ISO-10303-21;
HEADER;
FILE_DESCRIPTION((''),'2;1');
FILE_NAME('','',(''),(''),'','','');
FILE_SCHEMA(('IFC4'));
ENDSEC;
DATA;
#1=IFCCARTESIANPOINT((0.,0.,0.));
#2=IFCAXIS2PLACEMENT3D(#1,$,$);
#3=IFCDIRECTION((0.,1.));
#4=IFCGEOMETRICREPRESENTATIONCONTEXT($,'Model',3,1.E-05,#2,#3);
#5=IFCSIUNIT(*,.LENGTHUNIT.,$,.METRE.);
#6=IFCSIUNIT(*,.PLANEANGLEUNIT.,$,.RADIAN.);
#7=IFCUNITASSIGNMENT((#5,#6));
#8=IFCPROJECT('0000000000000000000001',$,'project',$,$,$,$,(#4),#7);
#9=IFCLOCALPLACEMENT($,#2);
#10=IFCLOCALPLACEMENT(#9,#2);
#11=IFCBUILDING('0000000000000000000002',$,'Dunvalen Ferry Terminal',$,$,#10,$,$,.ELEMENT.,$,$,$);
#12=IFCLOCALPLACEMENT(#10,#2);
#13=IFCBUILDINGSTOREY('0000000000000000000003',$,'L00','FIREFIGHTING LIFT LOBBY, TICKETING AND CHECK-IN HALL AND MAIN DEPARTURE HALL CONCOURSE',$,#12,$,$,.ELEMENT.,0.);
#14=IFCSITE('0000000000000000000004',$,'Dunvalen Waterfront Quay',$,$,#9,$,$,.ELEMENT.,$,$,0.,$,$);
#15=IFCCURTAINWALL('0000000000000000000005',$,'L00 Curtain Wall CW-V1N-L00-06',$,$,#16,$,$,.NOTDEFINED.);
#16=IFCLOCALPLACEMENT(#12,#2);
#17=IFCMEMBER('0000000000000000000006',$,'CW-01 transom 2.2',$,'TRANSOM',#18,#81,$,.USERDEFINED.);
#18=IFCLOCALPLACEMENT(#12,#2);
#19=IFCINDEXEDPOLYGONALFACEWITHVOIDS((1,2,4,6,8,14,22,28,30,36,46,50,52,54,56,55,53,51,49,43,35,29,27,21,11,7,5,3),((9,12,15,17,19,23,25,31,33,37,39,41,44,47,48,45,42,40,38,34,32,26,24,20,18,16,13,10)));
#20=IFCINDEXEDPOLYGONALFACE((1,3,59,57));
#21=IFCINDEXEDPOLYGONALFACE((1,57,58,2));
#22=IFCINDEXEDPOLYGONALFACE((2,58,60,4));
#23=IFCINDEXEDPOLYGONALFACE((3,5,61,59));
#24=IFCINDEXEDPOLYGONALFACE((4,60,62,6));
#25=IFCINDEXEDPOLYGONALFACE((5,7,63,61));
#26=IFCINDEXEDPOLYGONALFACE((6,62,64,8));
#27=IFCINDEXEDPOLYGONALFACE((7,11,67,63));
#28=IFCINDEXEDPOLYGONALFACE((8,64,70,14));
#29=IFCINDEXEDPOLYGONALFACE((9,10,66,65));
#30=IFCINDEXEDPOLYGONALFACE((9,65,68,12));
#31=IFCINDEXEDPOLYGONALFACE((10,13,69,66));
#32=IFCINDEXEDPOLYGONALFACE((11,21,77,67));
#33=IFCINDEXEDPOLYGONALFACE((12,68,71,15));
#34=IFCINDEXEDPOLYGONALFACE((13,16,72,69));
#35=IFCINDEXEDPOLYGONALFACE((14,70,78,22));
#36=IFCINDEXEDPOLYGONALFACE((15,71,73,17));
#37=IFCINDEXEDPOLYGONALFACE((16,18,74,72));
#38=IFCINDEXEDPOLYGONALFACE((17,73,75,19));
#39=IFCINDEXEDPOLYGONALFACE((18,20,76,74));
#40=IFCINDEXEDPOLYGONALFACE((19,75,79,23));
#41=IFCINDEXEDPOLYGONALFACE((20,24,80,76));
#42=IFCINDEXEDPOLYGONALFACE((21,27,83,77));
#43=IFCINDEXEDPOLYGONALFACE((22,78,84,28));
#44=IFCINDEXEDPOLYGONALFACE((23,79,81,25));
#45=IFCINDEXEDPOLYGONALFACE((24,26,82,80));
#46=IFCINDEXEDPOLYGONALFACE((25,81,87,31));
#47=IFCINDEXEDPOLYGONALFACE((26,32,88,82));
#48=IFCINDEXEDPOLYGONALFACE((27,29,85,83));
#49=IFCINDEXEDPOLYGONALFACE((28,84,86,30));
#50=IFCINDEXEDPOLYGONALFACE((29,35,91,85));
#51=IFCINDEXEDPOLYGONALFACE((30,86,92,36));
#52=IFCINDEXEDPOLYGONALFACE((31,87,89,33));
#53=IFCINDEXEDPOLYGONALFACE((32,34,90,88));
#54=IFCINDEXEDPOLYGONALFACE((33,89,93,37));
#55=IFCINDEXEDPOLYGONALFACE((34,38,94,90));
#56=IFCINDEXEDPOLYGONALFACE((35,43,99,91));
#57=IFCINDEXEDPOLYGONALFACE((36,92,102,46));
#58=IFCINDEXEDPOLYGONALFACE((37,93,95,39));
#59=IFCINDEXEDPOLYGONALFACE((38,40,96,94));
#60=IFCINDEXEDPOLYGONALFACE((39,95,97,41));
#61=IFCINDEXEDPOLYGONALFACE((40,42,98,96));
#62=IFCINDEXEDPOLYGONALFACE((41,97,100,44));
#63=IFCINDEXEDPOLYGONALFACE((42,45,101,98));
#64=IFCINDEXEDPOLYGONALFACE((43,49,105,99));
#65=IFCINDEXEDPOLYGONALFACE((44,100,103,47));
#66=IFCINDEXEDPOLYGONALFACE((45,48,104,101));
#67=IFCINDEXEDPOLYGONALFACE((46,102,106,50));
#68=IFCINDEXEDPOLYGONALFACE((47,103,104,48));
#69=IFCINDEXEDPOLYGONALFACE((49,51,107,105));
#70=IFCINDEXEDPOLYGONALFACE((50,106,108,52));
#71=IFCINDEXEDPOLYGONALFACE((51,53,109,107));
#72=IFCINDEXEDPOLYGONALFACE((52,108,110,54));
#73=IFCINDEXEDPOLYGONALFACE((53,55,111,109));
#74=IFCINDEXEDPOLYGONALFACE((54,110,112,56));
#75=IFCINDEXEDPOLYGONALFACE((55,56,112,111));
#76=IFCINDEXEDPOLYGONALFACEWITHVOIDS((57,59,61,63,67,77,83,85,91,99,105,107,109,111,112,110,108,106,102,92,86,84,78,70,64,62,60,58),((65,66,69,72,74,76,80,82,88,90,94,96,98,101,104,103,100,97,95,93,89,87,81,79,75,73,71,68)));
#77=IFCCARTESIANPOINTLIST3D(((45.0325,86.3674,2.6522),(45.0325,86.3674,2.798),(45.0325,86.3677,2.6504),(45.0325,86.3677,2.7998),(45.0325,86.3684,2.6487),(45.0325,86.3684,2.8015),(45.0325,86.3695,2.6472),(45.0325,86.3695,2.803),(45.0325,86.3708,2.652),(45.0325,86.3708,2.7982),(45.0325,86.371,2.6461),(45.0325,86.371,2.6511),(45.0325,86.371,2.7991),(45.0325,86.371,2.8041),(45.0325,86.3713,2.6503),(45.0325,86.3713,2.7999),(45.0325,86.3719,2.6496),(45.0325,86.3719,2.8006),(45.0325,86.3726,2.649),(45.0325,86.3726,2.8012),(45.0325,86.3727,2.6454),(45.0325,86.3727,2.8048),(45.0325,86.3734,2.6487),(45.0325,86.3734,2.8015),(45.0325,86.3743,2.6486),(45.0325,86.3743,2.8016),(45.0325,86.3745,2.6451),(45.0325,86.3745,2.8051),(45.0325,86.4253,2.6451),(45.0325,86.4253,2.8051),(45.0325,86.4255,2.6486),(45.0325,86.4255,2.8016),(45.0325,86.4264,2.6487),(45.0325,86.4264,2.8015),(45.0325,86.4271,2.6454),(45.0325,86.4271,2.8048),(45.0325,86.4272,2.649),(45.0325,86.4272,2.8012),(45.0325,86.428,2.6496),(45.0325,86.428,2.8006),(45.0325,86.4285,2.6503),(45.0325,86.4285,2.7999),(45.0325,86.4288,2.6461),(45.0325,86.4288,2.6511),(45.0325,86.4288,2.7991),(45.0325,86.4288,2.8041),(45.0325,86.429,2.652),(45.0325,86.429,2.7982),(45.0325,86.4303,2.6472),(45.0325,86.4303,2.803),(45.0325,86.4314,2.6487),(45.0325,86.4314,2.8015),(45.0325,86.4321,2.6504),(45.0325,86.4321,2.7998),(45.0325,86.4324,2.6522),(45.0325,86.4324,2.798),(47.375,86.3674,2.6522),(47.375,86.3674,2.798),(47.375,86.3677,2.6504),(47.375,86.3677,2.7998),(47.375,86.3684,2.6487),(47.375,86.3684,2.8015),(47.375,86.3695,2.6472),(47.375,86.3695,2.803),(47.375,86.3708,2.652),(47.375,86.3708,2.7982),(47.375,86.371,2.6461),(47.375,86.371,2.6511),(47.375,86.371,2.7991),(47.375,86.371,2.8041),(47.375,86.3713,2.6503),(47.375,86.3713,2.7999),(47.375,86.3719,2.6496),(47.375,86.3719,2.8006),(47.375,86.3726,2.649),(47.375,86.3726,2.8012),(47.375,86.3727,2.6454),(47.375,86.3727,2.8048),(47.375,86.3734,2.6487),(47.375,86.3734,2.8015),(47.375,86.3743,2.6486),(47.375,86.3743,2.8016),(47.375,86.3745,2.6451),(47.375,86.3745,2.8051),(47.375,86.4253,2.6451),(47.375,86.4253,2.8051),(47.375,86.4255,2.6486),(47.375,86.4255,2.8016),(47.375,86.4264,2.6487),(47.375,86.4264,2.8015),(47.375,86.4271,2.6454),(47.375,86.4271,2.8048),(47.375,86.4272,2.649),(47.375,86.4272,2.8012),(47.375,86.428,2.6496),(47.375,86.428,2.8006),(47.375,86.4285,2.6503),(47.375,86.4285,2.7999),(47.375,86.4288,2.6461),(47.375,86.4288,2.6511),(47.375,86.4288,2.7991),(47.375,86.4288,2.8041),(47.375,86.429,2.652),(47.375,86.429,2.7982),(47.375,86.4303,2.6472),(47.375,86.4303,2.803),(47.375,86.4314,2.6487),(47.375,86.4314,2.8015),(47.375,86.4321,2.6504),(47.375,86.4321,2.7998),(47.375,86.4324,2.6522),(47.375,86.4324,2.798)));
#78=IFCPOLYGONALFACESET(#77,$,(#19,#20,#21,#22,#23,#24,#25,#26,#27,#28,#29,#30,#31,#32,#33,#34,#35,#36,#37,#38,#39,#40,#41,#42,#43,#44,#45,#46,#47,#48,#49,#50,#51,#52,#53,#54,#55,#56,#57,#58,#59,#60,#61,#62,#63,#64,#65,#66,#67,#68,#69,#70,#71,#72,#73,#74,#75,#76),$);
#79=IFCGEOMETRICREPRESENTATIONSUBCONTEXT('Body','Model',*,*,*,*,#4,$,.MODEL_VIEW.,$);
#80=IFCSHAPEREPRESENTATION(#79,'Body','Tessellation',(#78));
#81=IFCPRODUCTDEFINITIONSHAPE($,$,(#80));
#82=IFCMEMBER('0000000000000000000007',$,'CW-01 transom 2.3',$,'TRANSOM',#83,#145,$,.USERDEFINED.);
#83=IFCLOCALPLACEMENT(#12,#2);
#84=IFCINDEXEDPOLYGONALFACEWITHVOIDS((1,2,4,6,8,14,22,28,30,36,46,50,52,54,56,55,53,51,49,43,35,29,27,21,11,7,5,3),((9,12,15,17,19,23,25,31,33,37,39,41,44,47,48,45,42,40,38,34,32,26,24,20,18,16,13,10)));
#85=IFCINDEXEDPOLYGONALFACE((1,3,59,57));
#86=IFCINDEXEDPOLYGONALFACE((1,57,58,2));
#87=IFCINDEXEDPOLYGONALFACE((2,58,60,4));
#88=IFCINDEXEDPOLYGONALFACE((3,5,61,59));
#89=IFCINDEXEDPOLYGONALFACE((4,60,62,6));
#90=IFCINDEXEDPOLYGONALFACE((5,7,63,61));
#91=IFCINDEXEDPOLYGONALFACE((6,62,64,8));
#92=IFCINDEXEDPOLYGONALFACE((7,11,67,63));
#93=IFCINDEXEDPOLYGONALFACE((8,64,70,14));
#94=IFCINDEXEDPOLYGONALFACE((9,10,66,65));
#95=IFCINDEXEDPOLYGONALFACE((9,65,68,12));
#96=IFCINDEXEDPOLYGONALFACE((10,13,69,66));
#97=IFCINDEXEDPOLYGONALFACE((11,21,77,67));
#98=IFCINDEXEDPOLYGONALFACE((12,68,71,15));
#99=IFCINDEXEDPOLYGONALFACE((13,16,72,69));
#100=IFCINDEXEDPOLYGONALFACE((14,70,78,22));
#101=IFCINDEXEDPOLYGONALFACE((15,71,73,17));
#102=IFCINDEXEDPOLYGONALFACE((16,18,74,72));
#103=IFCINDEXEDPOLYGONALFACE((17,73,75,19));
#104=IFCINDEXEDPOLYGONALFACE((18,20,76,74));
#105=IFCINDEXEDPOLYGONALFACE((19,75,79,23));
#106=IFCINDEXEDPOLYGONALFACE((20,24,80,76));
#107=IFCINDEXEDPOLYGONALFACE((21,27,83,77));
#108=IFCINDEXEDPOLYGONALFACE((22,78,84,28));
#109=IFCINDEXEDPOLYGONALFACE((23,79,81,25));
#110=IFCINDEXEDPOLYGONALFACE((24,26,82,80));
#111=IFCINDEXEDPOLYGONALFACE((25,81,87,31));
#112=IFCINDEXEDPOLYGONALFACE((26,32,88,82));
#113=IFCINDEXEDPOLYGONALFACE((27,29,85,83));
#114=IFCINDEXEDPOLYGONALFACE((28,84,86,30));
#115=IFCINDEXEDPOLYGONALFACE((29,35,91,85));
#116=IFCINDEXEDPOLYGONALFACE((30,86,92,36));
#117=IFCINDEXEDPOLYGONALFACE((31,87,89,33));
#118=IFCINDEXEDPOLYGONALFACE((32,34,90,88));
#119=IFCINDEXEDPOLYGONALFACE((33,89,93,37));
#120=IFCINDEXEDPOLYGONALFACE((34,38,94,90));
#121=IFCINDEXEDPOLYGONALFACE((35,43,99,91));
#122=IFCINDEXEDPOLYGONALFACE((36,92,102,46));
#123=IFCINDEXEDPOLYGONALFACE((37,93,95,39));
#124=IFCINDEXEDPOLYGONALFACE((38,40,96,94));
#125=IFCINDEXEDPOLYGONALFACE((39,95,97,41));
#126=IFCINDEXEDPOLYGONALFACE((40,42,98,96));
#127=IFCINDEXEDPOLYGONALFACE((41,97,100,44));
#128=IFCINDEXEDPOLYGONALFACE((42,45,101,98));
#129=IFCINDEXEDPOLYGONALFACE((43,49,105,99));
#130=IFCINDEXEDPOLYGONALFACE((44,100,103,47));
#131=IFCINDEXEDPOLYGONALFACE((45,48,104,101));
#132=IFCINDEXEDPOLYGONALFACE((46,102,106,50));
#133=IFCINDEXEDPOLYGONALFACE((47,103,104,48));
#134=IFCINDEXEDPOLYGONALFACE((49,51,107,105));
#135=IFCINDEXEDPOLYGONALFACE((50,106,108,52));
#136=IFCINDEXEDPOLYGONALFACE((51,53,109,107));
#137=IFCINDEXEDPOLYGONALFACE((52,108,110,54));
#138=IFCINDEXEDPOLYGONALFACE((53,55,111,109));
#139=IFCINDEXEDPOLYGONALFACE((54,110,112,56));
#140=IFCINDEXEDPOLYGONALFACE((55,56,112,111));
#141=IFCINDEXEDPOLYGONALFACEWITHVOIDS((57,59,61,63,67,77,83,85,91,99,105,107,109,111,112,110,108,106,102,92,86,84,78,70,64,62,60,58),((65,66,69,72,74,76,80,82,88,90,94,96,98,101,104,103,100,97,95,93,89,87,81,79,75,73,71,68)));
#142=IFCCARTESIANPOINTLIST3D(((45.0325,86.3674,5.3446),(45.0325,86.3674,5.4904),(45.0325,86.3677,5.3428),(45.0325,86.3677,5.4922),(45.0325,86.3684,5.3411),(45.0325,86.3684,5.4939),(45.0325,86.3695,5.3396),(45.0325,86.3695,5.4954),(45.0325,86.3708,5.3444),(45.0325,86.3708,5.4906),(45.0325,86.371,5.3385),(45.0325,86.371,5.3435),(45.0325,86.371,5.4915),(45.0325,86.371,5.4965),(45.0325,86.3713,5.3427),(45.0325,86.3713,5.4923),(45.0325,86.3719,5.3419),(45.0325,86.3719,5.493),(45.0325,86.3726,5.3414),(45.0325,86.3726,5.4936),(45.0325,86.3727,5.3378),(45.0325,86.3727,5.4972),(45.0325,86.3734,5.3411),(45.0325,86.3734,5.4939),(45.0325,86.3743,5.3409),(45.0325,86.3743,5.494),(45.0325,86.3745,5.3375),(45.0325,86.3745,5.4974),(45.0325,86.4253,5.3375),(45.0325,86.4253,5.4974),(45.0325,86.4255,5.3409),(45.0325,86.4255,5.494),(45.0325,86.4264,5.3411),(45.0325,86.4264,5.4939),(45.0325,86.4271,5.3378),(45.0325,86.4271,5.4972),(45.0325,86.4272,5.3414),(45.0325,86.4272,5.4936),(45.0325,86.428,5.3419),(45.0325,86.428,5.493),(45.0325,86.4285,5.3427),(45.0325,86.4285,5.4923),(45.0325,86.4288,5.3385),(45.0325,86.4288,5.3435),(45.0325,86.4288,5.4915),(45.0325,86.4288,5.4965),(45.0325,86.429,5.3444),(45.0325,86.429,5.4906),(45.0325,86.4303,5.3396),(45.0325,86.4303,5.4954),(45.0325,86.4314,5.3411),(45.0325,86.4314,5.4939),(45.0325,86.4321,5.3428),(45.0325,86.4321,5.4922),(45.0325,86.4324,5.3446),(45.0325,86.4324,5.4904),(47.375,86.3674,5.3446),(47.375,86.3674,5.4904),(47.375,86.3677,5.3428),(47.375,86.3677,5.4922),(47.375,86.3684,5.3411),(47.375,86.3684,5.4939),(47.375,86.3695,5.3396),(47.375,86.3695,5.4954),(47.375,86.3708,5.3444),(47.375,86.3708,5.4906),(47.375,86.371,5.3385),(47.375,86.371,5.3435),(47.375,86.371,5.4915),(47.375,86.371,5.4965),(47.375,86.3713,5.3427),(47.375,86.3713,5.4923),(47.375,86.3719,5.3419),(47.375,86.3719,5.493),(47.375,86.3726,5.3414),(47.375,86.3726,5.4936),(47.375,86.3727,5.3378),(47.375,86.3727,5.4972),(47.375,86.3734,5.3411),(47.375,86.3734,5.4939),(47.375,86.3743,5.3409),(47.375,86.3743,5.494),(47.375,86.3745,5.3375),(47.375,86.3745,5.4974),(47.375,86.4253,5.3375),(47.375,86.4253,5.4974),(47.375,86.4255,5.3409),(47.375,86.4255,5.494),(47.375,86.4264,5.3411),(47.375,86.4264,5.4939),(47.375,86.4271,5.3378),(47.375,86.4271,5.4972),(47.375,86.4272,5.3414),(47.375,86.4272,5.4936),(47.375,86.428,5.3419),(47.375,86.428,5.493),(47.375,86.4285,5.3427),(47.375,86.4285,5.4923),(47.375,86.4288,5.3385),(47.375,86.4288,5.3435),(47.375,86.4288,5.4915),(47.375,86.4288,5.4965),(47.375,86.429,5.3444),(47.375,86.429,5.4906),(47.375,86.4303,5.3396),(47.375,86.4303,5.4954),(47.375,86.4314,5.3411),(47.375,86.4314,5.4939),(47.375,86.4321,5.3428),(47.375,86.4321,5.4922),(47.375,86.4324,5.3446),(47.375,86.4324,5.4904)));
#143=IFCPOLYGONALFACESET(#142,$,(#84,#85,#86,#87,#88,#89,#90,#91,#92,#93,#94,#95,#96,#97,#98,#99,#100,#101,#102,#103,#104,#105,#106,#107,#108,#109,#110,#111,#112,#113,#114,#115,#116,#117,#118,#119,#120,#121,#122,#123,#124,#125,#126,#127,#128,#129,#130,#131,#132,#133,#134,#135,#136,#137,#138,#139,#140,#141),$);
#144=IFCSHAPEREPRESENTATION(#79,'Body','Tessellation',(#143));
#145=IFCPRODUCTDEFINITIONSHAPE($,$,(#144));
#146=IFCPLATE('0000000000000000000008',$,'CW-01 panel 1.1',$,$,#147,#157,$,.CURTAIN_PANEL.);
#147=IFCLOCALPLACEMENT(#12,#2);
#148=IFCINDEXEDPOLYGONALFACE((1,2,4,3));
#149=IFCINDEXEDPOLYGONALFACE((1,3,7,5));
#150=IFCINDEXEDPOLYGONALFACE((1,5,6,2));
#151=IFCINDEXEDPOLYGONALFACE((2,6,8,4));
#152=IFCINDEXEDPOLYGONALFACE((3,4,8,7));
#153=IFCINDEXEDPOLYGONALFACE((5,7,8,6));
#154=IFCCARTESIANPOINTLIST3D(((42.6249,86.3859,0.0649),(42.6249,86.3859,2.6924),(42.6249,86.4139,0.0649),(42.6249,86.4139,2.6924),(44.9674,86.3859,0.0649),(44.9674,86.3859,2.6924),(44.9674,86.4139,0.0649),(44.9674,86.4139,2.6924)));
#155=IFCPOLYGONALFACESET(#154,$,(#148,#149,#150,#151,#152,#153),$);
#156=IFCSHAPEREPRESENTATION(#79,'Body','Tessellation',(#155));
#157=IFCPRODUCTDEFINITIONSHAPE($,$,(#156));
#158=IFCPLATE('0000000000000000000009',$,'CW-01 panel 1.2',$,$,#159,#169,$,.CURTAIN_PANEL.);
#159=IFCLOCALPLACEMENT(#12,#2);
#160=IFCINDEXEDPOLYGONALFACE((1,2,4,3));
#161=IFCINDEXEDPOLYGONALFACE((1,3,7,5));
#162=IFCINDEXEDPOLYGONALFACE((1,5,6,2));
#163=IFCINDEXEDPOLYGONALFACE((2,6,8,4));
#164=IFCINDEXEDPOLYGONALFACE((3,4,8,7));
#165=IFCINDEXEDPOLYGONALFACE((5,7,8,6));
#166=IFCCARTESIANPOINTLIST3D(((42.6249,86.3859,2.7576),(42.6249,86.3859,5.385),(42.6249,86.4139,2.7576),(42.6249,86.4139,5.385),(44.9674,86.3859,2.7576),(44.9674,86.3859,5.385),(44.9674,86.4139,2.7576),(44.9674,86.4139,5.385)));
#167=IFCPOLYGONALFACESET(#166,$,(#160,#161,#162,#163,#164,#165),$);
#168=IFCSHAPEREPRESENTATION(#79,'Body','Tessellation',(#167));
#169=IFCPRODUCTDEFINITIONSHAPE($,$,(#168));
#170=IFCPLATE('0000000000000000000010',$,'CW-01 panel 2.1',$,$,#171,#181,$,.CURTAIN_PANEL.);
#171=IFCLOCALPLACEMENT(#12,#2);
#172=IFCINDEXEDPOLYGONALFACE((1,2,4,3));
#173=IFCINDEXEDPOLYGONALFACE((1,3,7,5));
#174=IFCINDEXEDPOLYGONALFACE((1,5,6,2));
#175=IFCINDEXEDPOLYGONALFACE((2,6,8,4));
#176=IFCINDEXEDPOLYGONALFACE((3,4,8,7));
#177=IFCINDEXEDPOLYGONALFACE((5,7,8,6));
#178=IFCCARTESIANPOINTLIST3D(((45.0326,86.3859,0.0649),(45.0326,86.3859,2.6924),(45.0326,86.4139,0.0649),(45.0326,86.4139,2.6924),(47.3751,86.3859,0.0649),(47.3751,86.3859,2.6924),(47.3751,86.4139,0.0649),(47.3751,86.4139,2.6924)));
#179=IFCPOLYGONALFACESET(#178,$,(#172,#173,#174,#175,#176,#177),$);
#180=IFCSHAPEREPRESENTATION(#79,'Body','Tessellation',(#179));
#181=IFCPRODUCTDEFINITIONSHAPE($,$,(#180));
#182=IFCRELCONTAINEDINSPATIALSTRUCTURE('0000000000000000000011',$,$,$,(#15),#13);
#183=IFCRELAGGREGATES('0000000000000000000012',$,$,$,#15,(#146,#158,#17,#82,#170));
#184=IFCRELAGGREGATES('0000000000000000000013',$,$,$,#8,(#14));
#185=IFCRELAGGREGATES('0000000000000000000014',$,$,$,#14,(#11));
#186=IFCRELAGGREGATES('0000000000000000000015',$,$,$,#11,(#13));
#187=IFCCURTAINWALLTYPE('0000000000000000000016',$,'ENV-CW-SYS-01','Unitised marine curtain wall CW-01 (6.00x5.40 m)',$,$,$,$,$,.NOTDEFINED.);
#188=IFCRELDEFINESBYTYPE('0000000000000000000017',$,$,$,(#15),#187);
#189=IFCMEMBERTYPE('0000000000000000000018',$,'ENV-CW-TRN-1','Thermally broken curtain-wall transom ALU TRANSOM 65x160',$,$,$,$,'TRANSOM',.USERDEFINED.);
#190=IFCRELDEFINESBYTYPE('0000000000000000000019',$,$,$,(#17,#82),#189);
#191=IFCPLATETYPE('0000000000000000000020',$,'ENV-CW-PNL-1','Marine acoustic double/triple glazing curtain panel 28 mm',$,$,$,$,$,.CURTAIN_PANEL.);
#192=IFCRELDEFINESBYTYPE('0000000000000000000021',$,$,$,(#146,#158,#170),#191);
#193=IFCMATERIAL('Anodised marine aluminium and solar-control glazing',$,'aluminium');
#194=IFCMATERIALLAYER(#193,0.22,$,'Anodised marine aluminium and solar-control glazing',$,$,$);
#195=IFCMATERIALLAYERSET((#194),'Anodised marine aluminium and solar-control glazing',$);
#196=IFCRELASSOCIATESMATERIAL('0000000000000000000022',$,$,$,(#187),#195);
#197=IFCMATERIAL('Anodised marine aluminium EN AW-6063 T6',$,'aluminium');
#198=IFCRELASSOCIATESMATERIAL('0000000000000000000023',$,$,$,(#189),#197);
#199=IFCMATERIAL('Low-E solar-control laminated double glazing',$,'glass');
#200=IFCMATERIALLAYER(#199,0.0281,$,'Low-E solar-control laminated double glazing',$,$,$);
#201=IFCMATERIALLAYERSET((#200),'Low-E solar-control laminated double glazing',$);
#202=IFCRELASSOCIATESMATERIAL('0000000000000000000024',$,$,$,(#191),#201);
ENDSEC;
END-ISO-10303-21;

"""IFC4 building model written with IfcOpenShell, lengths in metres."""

from ifc_helpers import new_model, si_unit, direction, frame, origin, origin_2d, place, context, subcontext, project, spatial, rectangle, hollow_rectangle, extrude, material, layer, layer_set, material_profile, profile_set, type_object, element, aggregate, save


model = new_model("IFC4")

# Units and contexts
model_context = context("Model", 3, precision=1e-05, world=origin(), true_north=direction((0.0, 1.0)))
body_context = subcontext(model_context, "Body", "Model", "MODEL_VIEW")
ifc_project = project(units=[si_unit("LENGTHUNIT", "METRE"), si_unit("PLANEANGLEUNIT", "RADIAN")], contexts=[model_context])

# Site, building, storey
site_placement = place(None, origin())
site = spatial("IfcSite", under=ifc_project, at=site_placement, Name="Dunvalen Waterfront Quay", CompositionType="ELEMENT", RefElevation=0.0)
building_placement = place(site_placement, origin())
building = spatial("IfcBuilding", under=site, at=building_placement, Name="Dunvalen Ferry Terminal", CompositionType="ELEMENT")
storey_placement = place(building_placement, origin())
storey = spatial("IfcBuildingStorey", under=building, at=storey_placement, Name="L00", Description="FIREFIGHTING LIFT LOBBY, TICKETING AND CHECK-IN HALL AND MAIN DEPARTURE HALL CONCOURSE", CompositionType="ELEMENT", Elevation=0.0)

# Shared definitions
ifc_material_1 = material(Name="Anodised marine aluminium and solar-control glazing", Category="aluminium")
ifc_layer_1 = layer(ifc_material_1, 0.22, Name="Anodised marine aluminium and solar-control glazing")
ifc_layer_set_1 = layer_set([ifc_layer_1], Name="Anodised marine aluminium and solar-control glazing")
curtain_wall_type = type_object("IfcCurtainWallType", Name="ENV-CW-SYS-01", Description="Unitised marine curtain wall CW-01 (6.00x5.40 m)", PredefinedType="NOTDEFINED", material=ifc_layer_set_1)
ifc_material_2 = material(Name="Anodised marine aluminium EN AW-6063 T6", Category="aluminium")

# Curtain wall, members, plates
curtain_wall_1_placement = place(storey_placement, origin())
curtain_wall_1 = element("IfcCurtainWall", 1, at=curtain_wall_1_placement, inside=storey, type_object=curtain_wall_type, Name="L00 Curtain Wall CW-V1N-L00-06", PredefinedType="NOTDEFINED")
ifc_material_profile_1 = material_profile(ifc_material_2, hollow_rectangle(XDim=0.0649, YDim=0.1599, WallThickness=0.0034, InnerFilletRadius=0.0034, OuterFilletRadius=0.0071, at=origin_2d()), Name="Anodised marine aluminium EN AW-6063 T6")
ifc_profile_set_1 = profile_set([ifc_material_profile_1], Name="Anodised marine aluminium EN AW-6063 T6")
member_type_1 = type_object("IfcMemberType", Name="ENV-CW-TRN-1", Description="Thermally broken curtain-wall transom ALU TRANSOM 65x160", ElementType="TRANSOM", PredefinedType="USERDEFINED", material=ifc_profile_set_1)
member_1_placement = place(storey_placement, frame((45.0325, 86.3999, 2.7251), z_axis=(1.0, 0.0, 0.0), x_axis=(0.0, 1.0, 0.0)))
member_1 = element("IfcMember", 2, at=member_1_placement, type_object=member_type_1, Name="CW-01 transom 2.2", ObjectType="TRANSOM", PredefinedType="USERDEFINED", context=body_context, shape_type="SweptSolid", body=[
    extrude(hollow_rectangle(XDim=0.0649, YDim=0.1599, WallThickness=0.0034, InnerFilletRadius=0.0034, OuterFilletRadius=0.0071, at=origin_2d()), origin(), (0.0, 0.0, 1.0), 2.3425),
])
member_2_placement = place(storey_placement, frame((45.0325, 86.3999, 5.4175), z_axis=(1.0, 0.0, 0.0), x_axis=(0.0, 1.0, 0.0)))
member_2 = element("IfcMember", 3, at=member_2_placement, type_object=member_type_1, Name="CW-01 transom 2.3", ObjectType="TRANSOM", PredefinedType="USERDEFINED", context=body_context, shape_type="SweptSolid", body=[
    extrude(hollow_rectangle(XDim=0.0649, YDim=0.1599, WallThickness=0.0034, InnerFilletRadius=0.0034, OuterFilletRadius=0.0071, at=origin_2d()), origin(), (0.0, 0.0, 1.0), 2.3425),
])
ifc_material_3 = material(Name="Low-E solar-control laminated double glazing", Category="glass")
ifc_layer_2 = layer(ifc_material_3, 0.0281, Name="Low-E solar-control laminated double glazing")
ifc_layer_set_2 = layer_set([ifc_layer_2], Name="Low-E solar-control laminated double glazing")
plate_type = type_object("IfcPlateType", Name="ENV-CW-PNL-1", Description="Marine acoustic double/triple glazing curtain panel 28 mm", PredefinedType="CURTAIN_PANEL", material=ifc_layer_set_2)
plate_1_placement = place(storey_placement, frame((43.7961, 86.3999, 0.0649), z_axis=(0.0, 0.0, 1.0), x_axis=(1.0, 0.0, 0.0)))
plate_1 = element("IfcPlate", 4, at=plate_1_placement, type_object=plate_type, Name="CW-01 panel 1.1", PredefinedType="CURTAIN_PANEL", context=body_context, shape_type="SweptSolid", body=[
    extrude(rectangle(XDim=2.3425, YDim=0.0281, at=origin_2d()), origin(), (0.0, 0.0, 1.0), 2.6274),
])
plate_2_placement = place(storey_placement, frame((43.7961, 86.3999, 2.7576), z_axis=(0.0, 0.0, 1.0), x_axis=(1.0, 0.0, 0.0)))
plate_2 = element("IfcPlate", 5, at=plate_2_placement, type_object=plate_type, Name="CW-01 panel 1.2", PredefinedType="CURTAIN_PANEL", context=body_context, shape_type="SweptSolid", body=[
    extrude(rectangle(XDim=2.3425, YDim=0.0281, at=origin_2d()), origin(), (0.0, 0.0, 1.0), 2.6274),
])
plate_3_placement = place(storey_placement, frame((46.2039, 86.3999, 0.0649), z_axis=(0.0, 0.0, 1.0), x_axis=(1.0, 0.0, 0.0)))
plate_3 = element("IfcPlate", 6, at=plate_3_placement, type_object=plate_type, Name="CW-01 panel 2.1", PredefinedType="CURTAIN_PANEL", context=body_context, shape_type="SweptSolid", body=[
    extrude(rectangle(XDim=2.3425, YDim=0.0281, at=origin_2d()), origin(), (0.0, 0.0, 1.0), 2.6274),
])
aggregate(curtain_wall_1, [plate_1, plate_2, member_1, member_2, plate_3])

save(model, "model.ifc")
